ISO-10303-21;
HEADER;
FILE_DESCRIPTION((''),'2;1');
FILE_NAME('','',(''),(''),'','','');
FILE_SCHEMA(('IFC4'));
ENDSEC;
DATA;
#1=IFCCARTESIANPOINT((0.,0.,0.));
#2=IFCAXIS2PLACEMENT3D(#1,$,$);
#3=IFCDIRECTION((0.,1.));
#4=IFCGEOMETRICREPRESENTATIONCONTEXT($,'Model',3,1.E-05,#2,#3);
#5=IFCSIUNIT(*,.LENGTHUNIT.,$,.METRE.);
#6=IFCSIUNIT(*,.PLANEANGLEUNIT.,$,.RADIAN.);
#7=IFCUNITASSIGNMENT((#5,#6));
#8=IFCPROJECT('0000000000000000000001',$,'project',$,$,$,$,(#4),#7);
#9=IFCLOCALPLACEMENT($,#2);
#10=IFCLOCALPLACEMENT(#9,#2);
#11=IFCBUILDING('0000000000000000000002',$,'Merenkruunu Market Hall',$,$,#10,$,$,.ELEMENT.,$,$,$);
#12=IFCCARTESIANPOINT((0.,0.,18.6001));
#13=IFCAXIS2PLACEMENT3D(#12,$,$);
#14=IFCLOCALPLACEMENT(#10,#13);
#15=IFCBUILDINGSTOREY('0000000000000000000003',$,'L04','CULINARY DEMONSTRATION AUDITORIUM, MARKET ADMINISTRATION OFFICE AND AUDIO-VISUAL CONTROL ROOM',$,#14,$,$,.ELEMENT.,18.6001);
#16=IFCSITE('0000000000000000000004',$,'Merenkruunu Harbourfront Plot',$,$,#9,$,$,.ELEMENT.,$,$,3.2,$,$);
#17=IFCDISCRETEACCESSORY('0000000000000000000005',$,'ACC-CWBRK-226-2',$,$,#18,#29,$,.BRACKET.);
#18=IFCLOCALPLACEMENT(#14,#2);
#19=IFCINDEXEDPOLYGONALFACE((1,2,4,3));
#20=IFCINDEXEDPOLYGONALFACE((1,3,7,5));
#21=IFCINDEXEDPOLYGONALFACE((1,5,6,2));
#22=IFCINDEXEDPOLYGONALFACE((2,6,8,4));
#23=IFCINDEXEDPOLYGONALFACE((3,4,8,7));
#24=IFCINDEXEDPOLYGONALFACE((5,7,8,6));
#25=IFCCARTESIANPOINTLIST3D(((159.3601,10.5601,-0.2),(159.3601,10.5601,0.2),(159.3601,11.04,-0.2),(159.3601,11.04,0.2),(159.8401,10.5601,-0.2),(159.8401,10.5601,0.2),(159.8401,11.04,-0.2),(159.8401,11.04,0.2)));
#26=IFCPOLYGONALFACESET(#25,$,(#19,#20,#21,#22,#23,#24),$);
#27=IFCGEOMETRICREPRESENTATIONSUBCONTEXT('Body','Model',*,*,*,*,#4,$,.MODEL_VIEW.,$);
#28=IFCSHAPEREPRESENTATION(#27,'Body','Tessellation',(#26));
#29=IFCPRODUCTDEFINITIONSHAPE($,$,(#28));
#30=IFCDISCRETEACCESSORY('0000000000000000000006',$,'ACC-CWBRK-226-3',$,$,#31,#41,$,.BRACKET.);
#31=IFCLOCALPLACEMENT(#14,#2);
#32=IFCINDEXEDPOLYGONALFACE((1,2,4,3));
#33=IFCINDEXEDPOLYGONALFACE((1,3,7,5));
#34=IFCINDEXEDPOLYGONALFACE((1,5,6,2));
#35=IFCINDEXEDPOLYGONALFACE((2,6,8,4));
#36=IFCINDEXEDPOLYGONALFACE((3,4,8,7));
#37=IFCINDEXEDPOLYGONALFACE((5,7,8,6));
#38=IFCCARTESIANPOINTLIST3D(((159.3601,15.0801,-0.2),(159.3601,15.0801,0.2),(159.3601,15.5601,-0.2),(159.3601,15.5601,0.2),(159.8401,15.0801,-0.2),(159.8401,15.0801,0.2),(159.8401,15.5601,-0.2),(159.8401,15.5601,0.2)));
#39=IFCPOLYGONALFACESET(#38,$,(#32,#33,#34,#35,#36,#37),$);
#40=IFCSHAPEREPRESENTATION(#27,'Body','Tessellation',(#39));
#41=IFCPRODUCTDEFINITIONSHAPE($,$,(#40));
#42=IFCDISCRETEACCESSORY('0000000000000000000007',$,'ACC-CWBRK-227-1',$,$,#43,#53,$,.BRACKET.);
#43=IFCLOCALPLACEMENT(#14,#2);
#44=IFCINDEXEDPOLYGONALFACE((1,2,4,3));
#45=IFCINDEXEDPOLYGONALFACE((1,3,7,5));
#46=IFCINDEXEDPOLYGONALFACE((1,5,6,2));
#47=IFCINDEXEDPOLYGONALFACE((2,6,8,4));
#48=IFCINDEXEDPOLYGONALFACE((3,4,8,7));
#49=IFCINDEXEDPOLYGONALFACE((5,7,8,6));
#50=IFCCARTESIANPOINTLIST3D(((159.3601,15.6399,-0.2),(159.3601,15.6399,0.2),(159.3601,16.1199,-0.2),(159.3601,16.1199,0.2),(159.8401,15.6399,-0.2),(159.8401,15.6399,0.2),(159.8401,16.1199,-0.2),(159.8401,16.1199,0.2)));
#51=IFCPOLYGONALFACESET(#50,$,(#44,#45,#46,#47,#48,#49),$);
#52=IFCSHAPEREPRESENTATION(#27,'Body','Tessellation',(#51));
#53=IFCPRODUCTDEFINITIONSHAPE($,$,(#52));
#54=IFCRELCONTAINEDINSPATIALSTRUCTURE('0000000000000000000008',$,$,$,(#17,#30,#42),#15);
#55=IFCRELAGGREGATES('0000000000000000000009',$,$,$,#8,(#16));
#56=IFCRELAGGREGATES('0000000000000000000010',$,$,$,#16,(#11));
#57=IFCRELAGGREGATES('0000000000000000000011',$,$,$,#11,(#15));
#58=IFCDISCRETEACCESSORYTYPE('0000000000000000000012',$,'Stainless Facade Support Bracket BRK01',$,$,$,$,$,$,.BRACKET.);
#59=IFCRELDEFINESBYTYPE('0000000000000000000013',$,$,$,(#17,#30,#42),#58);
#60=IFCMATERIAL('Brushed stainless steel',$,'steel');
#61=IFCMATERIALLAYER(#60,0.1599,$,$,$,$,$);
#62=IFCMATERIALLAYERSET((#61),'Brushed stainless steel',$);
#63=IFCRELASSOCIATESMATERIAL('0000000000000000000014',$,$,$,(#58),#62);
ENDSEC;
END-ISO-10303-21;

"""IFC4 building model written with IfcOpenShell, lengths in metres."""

from ifc_helpers import new_model, si_unit, direction, frame, origin, origin_2d, place, context, subcontext, project, spatial, rectangle, extrude, material, layer, layer_set, type_object, element, save


model = new_model("IFC4")

# Units and contexts
model_context = context("Model", 3, precision=1e-05, world=origin(), true_north=direction((0.0, 1.0)))
body_context = subcontext(model_context, "Body", "Model", "MODEL_VIEW")
ifc_project = project(units=[si_unit("LENGTHUNIT", "METRE"), si_unit("PLANEANGLEUNIT", "RADIAN")], contexts=[model_context])

# Site, building, storey
site_placement = place(None, origin())
site = spatial("IfcSite", under=ifc_project, at=site_placement, Name="Merenkruunu Harbourfront Plot", CompositionType="ELEMENT", RefElevation=3.2)
building_placement = place(site_placement, origin())
building = spatial("IfcBuilding", under=site, at=building_placement, Name="Merenkruunu Market Hall", CompositionType="ELEMENT")
storey_placement = place(building_placement, frame((0.0, 0.0, 18.6001)))
storey = spatial("IfcBuildingStorey", under=building, at=storey_placement, Name="L04", Description="CULINARY DEMONSTRATION AUDITORIUM, MARKET ADMINISTRATION OFFICE AND AUDIO-VISUAL CONTROL ROOM", CompositionType="ELEMENT", Elevation=18.6001)

# Discrete accessories
ifc_material_1 = material(Name="Brushed stainless steel", Category="steel")
ifc_layer_1 = layer(ifc_material_1, 0.1599)
ifc_layer_set_1 = layer_set([ifc_layer_1], Name="Brushed stainless steel")
discrete_accessory_type = type_object("IfcDiscreteAccessoryType", Name="Stainless Facade Support Bracket BRK01", PredefinedType="BRACKET", material=ifc_layer_set_1)
for number, where, z_axis, x_axis, name in (
    (1, (159.6001, 10.8, -0.2), (0.0, 0.0, 1.0), (1.0, 0.0, 0.0), "ACC-CWBRK-226-2"),
    (2, (159.6001, 15.3201, -0.2), (0.0, 0.0, 1.0), (1.0, 0.0, 0.0), "ACC-CWBRK-226-3"),
    (3, (159.6001, 15.8799, -0.2), (0.0, 0.0, 1.0), (1.0, 0.0, 0.0), "ACC-CWBRK-227-1"),
):
    element("IfcDiscreteAccessory", number, at=place(storey_placement, frame(where, z_axis=z_axis, x_axis=x_axis)), inside=storey, type_object=discrete_accessory_type, Name=name, PredefinedType="BRACKET", context=body_context, shape_type="SweptSolid", body=[
        extrude(rectangle(XDim=0.48, YDim=0.48, at=origin_2d()), origin(), (0.0, 0.0, 1.0), 0.3999),
    ])

save(model, "model.ifc")
